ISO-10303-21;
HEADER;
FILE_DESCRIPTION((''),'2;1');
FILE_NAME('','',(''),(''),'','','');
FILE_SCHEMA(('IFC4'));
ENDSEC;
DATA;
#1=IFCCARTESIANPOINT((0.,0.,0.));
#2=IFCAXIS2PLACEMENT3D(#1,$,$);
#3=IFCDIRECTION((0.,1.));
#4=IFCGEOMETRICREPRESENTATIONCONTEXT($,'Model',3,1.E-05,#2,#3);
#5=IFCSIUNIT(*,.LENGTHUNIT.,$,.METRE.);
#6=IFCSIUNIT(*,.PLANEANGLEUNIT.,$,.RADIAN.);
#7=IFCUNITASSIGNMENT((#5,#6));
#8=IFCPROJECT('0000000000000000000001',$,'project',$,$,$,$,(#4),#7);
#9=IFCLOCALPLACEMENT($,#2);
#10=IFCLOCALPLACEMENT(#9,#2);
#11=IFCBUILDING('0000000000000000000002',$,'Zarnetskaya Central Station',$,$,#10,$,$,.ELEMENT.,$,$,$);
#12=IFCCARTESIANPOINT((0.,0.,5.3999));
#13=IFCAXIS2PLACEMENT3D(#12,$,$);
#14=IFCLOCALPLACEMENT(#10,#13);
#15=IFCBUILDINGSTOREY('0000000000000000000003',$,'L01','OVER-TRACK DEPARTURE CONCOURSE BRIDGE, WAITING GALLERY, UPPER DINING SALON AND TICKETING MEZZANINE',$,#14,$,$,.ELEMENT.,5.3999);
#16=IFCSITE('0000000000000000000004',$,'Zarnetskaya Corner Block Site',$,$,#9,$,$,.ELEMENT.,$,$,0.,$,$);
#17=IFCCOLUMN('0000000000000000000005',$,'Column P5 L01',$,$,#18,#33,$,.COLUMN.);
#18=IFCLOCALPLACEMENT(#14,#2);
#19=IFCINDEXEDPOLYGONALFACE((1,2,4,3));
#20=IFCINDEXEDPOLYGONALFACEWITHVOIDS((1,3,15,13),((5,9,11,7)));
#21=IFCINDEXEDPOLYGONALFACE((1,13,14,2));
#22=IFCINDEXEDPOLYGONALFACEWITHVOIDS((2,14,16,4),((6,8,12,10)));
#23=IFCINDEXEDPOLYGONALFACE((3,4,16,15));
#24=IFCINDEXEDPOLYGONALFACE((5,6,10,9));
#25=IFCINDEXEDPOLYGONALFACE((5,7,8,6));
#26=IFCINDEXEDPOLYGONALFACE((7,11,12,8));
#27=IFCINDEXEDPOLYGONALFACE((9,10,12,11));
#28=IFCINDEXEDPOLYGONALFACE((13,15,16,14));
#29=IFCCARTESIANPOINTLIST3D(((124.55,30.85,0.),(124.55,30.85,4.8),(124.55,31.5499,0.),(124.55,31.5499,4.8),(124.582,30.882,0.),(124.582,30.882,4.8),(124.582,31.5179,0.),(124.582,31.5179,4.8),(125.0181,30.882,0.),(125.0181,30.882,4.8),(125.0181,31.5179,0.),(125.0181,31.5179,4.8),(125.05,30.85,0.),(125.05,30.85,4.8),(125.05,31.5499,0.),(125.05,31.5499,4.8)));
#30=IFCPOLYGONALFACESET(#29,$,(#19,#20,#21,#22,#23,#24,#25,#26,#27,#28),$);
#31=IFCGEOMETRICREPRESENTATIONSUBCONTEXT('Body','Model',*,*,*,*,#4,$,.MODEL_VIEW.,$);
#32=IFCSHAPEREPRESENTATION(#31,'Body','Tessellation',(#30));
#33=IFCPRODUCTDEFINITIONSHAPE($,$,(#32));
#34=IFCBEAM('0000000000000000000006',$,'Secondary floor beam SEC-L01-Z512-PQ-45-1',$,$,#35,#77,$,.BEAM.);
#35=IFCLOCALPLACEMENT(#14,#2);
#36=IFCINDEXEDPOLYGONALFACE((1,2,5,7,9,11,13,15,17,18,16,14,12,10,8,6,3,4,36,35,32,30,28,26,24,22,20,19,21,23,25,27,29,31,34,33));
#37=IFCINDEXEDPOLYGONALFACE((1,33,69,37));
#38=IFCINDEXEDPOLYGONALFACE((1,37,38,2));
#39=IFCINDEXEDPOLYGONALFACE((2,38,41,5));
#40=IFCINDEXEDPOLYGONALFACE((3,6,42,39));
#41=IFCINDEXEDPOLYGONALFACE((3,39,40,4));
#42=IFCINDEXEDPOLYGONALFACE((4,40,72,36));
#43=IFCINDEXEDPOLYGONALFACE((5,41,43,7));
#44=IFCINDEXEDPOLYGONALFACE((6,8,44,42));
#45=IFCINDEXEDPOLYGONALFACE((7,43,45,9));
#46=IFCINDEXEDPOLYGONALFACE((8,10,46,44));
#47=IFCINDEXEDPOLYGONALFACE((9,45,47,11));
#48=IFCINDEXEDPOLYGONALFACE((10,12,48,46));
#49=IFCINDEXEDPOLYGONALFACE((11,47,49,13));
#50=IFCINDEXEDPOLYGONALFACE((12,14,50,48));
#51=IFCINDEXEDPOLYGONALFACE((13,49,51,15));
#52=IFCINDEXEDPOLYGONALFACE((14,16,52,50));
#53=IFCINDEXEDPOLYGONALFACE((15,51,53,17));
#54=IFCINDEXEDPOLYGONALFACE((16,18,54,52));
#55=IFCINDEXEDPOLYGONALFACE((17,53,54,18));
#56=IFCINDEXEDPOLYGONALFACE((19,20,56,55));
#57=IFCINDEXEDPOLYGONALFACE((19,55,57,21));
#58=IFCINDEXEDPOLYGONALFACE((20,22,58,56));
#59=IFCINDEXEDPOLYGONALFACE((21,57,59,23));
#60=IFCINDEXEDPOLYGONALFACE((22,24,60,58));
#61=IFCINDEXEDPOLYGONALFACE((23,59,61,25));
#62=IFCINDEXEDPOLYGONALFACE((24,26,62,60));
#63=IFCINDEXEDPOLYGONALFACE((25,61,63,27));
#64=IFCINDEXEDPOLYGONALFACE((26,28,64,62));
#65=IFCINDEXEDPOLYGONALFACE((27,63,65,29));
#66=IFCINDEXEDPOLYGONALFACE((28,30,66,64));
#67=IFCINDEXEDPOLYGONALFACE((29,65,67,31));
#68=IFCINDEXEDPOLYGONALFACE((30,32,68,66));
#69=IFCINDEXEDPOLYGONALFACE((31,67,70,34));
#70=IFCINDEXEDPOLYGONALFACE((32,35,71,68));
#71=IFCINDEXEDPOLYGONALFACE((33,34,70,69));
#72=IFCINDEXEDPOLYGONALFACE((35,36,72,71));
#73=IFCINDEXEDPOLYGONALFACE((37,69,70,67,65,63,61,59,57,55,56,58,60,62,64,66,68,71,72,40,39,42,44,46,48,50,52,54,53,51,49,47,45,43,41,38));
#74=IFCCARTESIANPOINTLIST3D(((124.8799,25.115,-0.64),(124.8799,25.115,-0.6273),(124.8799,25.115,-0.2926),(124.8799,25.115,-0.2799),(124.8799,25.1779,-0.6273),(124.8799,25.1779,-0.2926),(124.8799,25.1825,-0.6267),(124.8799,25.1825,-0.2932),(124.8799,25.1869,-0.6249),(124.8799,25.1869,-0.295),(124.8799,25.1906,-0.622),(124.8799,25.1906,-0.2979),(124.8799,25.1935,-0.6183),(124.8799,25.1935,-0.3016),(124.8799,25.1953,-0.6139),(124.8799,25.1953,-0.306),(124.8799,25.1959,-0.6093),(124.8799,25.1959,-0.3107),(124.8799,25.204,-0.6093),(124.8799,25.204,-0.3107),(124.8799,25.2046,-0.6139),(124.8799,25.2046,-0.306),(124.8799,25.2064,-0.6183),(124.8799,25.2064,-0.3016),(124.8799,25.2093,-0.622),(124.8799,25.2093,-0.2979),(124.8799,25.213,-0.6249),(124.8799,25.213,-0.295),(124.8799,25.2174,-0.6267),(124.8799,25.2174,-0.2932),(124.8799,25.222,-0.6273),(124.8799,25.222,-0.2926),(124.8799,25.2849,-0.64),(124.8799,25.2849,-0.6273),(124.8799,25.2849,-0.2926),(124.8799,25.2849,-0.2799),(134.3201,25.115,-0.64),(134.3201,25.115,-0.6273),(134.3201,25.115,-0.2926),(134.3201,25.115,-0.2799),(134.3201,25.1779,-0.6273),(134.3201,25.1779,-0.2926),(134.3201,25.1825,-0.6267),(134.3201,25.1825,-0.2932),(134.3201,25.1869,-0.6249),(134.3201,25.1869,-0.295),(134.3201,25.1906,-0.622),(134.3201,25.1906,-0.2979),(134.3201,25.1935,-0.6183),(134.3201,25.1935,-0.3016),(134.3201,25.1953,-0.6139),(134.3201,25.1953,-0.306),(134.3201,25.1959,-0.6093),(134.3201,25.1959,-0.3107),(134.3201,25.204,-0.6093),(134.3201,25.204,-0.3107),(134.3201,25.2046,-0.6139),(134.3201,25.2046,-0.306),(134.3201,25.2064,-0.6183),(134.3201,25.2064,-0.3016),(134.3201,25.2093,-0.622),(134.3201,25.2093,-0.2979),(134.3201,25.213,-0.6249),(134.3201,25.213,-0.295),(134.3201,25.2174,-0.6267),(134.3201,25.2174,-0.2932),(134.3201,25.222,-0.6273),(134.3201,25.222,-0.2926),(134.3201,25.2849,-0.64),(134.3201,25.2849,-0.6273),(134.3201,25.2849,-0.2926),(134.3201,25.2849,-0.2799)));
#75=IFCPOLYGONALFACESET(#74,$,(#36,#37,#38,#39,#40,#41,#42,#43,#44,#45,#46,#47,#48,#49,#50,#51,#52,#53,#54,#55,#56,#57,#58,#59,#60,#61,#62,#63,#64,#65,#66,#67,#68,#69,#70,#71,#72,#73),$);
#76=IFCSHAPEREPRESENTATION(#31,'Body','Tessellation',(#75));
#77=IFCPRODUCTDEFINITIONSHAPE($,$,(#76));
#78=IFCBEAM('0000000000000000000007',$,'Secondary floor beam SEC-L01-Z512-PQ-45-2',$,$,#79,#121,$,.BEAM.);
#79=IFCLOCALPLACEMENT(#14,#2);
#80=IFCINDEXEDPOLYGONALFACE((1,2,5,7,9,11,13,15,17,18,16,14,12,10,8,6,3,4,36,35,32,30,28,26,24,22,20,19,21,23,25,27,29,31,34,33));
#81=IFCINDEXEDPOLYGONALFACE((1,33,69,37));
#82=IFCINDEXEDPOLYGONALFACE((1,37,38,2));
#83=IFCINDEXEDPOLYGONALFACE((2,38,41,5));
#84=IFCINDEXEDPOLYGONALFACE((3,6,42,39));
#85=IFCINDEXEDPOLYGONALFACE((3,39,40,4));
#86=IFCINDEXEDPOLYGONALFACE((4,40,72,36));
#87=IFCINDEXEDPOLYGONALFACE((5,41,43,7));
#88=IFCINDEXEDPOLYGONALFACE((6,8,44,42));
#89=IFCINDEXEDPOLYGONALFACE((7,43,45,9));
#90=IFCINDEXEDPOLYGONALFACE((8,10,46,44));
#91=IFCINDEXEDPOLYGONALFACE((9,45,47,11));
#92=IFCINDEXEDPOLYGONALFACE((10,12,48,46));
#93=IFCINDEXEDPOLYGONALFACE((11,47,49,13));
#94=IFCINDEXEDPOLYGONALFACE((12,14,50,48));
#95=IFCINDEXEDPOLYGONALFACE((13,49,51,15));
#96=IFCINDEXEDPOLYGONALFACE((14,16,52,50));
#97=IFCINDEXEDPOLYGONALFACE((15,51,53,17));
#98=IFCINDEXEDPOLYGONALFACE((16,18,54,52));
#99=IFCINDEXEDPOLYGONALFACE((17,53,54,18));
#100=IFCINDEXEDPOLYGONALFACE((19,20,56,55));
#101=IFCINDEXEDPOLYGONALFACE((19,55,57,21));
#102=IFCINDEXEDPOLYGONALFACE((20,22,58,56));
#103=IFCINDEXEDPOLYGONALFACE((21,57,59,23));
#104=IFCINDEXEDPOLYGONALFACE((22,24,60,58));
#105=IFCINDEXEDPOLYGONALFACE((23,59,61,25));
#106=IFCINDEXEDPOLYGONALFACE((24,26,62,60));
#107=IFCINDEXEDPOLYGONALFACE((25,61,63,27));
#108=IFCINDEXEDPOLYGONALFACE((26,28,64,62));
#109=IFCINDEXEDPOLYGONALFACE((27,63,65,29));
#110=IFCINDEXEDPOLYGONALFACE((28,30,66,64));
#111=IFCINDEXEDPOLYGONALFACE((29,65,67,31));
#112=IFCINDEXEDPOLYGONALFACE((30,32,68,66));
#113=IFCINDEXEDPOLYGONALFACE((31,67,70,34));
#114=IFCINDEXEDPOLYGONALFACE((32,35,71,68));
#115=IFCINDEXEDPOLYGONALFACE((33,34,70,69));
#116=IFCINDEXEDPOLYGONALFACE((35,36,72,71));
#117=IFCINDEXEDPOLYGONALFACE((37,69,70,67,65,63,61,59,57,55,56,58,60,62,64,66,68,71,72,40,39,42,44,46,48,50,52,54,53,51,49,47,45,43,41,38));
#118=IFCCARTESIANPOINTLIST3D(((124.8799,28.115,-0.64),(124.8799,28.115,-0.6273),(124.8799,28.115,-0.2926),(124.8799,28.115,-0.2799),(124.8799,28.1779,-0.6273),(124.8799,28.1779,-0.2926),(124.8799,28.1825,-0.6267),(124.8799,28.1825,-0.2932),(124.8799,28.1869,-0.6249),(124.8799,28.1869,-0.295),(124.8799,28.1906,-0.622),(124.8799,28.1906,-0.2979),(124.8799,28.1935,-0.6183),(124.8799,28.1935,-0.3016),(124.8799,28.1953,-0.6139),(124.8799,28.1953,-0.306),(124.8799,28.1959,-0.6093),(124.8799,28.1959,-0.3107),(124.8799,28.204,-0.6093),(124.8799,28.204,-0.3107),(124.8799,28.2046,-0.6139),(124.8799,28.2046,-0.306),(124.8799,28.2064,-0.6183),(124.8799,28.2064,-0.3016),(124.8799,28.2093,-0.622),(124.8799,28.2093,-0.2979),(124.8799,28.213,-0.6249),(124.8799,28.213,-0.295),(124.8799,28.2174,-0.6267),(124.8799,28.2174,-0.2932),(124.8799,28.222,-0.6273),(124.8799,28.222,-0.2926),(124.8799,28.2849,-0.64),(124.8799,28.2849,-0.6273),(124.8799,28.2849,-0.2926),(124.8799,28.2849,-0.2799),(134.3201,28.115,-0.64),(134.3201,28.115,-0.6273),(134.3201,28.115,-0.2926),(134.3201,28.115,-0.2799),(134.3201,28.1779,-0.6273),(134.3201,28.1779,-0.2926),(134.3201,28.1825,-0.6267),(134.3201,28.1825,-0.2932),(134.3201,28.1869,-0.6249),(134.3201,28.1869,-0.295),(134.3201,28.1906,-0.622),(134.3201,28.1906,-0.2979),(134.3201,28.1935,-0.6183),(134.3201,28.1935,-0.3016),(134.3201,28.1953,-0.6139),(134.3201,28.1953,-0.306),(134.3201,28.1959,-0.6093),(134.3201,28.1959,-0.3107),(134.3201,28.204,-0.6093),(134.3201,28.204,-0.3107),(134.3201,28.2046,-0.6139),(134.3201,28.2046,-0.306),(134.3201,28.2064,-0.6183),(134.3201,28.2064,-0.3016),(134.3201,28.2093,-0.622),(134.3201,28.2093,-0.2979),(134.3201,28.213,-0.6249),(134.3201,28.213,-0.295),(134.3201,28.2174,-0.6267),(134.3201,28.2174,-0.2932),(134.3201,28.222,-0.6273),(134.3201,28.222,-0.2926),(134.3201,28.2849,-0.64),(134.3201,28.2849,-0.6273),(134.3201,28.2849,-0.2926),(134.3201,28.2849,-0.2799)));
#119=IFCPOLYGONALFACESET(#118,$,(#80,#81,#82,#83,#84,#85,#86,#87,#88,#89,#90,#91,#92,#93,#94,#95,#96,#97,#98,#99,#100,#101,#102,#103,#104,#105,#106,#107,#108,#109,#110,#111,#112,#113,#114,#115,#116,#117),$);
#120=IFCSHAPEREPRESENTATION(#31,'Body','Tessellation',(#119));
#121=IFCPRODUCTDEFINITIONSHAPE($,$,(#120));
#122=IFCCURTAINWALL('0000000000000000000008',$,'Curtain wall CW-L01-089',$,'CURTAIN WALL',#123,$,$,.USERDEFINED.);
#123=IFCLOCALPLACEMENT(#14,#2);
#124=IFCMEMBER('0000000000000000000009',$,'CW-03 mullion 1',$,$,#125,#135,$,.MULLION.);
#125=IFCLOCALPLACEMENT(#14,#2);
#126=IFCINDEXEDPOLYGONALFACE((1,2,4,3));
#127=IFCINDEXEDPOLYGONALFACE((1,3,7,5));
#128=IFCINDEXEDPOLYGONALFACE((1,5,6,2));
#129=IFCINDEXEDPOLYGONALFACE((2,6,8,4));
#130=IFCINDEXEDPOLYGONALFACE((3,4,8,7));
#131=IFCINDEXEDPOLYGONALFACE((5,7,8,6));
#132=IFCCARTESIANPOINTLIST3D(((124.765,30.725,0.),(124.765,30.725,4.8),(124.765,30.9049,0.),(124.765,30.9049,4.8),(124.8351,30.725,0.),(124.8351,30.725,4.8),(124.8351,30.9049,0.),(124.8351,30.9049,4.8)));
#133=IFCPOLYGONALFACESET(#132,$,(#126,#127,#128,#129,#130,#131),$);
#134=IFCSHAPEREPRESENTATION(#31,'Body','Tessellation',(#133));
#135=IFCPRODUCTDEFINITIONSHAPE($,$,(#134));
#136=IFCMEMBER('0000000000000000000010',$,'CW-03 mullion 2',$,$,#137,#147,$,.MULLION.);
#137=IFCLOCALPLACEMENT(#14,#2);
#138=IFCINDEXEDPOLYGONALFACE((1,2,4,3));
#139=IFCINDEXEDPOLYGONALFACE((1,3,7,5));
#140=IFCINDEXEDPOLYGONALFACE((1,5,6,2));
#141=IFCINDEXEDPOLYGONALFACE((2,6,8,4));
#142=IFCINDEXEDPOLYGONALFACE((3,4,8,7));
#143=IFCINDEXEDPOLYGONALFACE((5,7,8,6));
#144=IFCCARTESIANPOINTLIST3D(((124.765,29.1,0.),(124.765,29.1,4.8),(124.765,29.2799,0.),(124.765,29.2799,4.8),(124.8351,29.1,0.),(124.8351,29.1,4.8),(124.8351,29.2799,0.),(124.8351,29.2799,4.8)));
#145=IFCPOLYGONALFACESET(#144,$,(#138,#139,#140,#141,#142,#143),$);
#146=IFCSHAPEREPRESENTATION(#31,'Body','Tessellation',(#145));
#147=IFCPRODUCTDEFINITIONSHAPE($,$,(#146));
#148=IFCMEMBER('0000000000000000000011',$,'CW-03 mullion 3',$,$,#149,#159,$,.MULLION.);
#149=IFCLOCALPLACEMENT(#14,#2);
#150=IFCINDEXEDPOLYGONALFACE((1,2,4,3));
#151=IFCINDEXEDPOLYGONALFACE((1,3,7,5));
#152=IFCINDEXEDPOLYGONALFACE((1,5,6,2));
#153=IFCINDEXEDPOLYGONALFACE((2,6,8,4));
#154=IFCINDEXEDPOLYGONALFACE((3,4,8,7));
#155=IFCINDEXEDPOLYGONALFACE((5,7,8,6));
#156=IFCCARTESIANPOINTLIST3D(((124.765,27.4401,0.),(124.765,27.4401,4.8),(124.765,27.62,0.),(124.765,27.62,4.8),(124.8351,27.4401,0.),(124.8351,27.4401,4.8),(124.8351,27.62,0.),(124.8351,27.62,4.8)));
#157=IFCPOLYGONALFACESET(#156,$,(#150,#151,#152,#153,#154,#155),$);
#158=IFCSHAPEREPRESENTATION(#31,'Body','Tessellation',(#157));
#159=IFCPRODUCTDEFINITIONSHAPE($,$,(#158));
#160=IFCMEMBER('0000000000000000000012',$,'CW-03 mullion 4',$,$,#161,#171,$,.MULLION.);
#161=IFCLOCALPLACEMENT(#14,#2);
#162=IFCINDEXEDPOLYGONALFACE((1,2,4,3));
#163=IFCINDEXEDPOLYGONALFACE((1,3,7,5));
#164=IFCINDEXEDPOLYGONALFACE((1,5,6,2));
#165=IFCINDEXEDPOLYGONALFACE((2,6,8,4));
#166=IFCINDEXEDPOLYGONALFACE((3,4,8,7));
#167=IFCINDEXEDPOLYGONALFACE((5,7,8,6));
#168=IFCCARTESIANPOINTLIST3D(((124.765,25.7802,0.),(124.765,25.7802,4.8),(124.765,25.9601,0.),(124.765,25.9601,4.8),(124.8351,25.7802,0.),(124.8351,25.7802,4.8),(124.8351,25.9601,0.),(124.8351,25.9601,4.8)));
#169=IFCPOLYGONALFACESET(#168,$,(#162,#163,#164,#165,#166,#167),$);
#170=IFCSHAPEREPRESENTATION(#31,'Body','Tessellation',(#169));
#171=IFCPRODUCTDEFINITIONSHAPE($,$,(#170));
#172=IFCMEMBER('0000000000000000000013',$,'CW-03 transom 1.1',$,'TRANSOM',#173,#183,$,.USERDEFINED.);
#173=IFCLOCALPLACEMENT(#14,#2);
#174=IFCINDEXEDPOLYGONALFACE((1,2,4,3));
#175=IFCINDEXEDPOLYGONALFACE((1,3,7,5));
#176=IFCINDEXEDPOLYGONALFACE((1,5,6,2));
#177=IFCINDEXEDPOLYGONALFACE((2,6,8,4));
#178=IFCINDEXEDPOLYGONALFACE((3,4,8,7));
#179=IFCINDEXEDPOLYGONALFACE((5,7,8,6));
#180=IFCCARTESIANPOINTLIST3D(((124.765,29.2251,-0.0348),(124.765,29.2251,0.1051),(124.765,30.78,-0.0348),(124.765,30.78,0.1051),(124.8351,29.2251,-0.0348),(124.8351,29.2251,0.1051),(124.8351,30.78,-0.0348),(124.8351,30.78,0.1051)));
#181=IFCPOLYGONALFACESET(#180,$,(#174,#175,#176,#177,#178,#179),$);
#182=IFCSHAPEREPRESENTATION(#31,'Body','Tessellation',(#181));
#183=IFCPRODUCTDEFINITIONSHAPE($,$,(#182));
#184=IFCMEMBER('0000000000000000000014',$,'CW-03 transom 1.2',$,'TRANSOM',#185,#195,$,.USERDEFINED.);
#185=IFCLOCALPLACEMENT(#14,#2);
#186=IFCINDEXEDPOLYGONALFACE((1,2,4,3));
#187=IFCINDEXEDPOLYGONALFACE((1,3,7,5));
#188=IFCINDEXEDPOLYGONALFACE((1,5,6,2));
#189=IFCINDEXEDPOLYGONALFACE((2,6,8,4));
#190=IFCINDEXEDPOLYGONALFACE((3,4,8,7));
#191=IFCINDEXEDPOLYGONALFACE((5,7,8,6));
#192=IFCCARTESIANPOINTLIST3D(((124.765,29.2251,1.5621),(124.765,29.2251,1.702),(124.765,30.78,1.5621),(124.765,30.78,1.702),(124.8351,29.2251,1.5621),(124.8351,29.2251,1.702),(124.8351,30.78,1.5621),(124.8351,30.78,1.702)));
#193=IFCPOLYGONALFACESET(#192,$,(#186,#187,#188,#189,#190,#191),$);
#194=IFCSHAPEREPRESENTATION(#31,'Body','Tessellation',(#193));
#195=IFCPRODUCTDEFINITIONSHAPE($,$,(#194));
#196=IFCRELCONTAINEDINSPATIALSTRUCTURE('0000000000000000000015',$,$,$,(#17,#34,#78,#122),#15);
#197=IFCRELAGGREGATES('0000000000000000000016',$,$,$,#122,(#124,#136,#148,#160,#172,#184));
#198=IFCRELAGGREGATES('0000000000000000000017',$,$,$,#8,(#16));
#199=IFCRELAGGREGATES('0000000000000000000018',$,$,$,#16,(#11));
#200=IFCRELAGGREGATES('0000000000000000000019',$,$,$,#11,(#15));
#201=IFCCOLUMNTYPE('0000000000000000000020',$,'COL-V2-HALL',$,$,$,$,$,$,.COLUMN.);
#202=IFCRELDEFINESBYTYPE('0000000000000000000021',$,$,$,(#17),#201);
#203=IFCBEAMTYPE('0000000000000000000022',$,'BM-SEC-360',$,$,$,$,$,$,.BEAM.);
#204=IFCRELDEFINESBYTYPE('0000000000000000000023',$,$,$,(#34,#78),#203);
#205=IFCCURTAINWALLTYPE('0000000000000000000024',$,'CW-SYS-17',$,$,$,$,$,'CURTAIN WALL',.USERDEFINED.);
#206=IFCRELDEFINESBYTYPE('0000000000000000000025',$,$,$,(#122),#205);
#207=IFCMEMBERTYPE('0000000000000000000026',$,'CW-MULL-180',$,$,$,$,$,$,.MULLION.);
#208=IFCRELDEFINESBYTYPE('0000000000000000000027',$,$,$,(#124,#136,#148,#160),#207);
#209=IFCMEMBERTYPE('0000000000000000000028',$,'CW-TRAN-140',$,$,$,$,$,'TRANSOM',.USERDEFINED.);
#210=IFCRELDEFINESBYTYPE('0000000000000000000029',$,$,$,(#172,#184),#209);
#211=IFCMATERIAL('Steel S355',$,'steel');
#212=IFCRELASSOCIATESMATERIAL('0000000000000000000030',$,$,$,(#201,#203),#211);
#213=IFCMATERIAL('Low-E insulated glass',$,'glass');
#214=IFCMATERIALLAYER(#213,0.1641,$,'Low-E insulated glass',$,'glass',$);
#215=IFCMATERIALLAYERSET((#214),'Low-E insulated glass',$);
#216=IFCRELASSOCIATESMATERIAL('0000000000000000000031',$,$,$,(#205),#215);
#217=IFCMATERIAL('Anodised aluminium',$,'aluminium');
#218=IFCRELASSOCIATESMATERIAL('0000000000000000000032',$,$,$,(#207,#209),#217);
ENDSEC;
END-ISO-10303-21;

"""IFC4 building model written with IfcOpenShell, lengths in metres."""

from ifc_helpers import new_model, si_unit, direction, frame, origin, origin_2d, place, context, subcontext, project, spatial, rectangle, hollow_rectangle, i_section, extrude, material, layer, layer_set, material_profile, profile_set, type_object, element, aggregate, save


model = new_model("IFC4")

# Units and contexts
model_context = context("Model", 3, precision=1e-05, world=origin(), true_north=direction((0.0, 1.0)))
body_context = subcontext(model_context, "Body", "Model", "MODEL_VIEW")
ifc_project = project(units=[si_unit("LENGTHUNIT", "METRE"), si_unit("PLANEANGLEUNIT", "RADIAN")], contexts=[model_context])

# Site, building, storey
site_placement = place(None, origin())
site = spatial("IfcSite", under=ifc_project, at=site_placement, Name="Zarnetskaya Corner Block Site", CompositionType="ELEMENT", RefElevation=0.0)
building_placement = place(site_placement, origin())
building = spatial("IfcBuilding", under=site, at=building_placement, Name="Zarnetskaya Central Station", CompositionType="ELEMENT")
storey_placement = place(building_placement, frame((0.0, 0.0, 5.3999)))
storey = spatial("IfcBuildingStorey", under=building, at=storey_placement, Name="L01", Description="OVER-TRACK DEPARTURE CONCOURSE BRIDGE, WAITING GALLERY, UPPER DINING SALON AND TICKETING MEZZANINE", CompositionType="ELEMENT", Elevation=5.3999)

# Column
ifc_material_1 = material(Name="Steel S355", Category="steel")
ifc_material_profile_1 = material_profile(ifc_material_1, hollow_rectangle(XDim=0.5, YDim=0.7, WallThickness=0.032, at=origin_2d()), Name="BOX 700x500x32")
ifc_profile_set_1 = profile_set([ifc_material_profile_1], Name="Steel S355")
column_type = type_object("IfcColumnType", Name="COL-V2-HALL", PredefinedType="COLUMN", material=ifc_profile_set_1)
column_placement = place(storey_placement, frame((124.8, 31.2, 0.0), z_axis=(0.0, 0.0, 1.0), x_axis=(1.0, 0.0, 0.0)))
element("IfcColumn", 1, at=column_placement, inside=storey, type_object=column_type, Name="Column P5 L01", PredefinedType="COLUMN", context=body_context, shape_type="SweptSolid", body=[
    extrude(hollow_rectangle(XDim=0.5, YDim=0.7, WallThickness=0.032, at=origin_2d()), origin(), (0.0, 0.0, 1.0), 4.8),
])

# Beams
ifc_material_profile_2 = material_profile(ifc_material_1, i_section(OverallWidth=0.1699, OverallDepth=0.3601, WebThickness=0.0081, FlangeThickness=0.0127, FilletRadius=0.0181, at=origin_2d()), Name="IPE 360")
ifc_profile_set_2 = profile_set([ifc_material_profile_2], Name="Steel S355")
beam_type_1 = type_object("IfcBeamType", Name="BM-SEC-360", PredefinedType="BEAM", material=ifc_profile_set_2)
for number, where, z_axis, x_axis, name in (
    (2, (124.8799, 25.2, -0.46), (1.0, 0.0, 0.0), (0.0, 1.0, 0.0), "Secondary floor beam SEC-L01-Z512-PQ-45-1"),
    (3, (124.8799, 28.2, -0.46), (1.0, 0.0, 0.0), (0.0, 1.0, 0.0), "Secondary floor beam SEC-L01-Z512-PQ-45-2"),
):
    element("IfcBeam", number, at=place(storey_placement, frame(where, z_axis=z_axis, x_axis=x_axis)), inside=storey, type_object=beam_type_1, Name=name, PredefinedType="BEAM", context=body_context, shape_type="SweptSolid", body=[
        extrude(i_section(OverallWidth=0.1699, OverallDepth=0.3601, WebThickness=0.0081, FlangeThickness=0.0127, FilletRadius=0.0181, at=origin_2d()), origin(), (0.0, 0.0, 1.0), 9.4402),
    ])

# Curtain wall, members
ifc_material_2 = material(Name="Low-E insulated glass", Category="glass")
ifc_layer_1 = layer(ifc_material_2, 0.1641, Name="Low-E insulated glass", Category="glass")
ifc_layer_set_1 = layer_set([ifc_layer_1], Name="Low-E insulated glass")
curtain_wall_type = type_object("IfcCurtainWallType", Name="CW-SYS-17", ElementType="CURTAIN WALL", PredefinedType="USERDEFINED", material=ifc_layer_set_1)
curtain_wall_placement = place(storey_placement, origin())
curtain_wall = element("IfcCurtainWall", 4, at=curtain_wall_placement, inside=storey, type_object=curtain_wall_type, Name="Curtain wall CW-L01-089", ObjectType="CURTAIN WALL", PredefinedType="USERDEFINED")
ifc_material_3 = material(Name="Anodised aluminium", Category="aluminium")
ifc_material_profile_3 = material_profile(ifc_material_3, rectangle(XDim=0.0701, YDim=0.1799, at=origin_2d()), Name="ALU MULL 70x180")
ifc_profile_set_3 = profile_set([ifc_material_profile_3], Name="Anodised aluminium")
member_type_1 = type_object("IfcMemberType", Name="CW-MULL-180", PredefinedType="MULLION", material=ifc_profile_set_3)
member_1_placement = place(storey_placement, frame((124.8, 30.8149, 0.0), z_axis=(0.0, 0.0, 1.0), x_axis=(1.0, 0.0, 0.0)))
member_1 = element("IfcMember", 5, at=member_1_placement, type_object=member_type_1, Name="CW-03 mullion 1", PredefinedType="MULLION", context=body_context, shape_type="SweptSolid", body=[
    extrude(rectangle(XDim=0.0701, YDim=0.1799, at=origin_2d()), origin(), (0.0, 0.0, 1.0), 4.8),
])
member_2_placement = place(storey_placement, frame((124.8, 29.1899, 0.0), z_axis=(0.0, 0.0, 1.0), x_axis=(1.0, 0.0, 0.0)))
member_2 = element("IfcMember", 6, at=member_2_placement, type_object=member_type_1, Name="CW-03 mullion 2", PredefinedType="MULLION", context=body_context, shape_type="SweptSolid", body=[
    extrude(rectangle(XDim=0.0701, YDim=0.1799, at=origin_2d()), origin(), (0.0, 0.0, 1.0), 4.8),
])
member_3_placement = place(storey_placement, frame((124.8, 27.53, 0.0), z_axis=(0.0, 0.0, 1.0), x_axis=(1.0, 0.0, 0.0)))
member_3 = element("IfcMember", 7, at=member_3_placement, type_object=member_type_1, Name="CW-03 mullion 3", PredefinedType="MULLION", context=body_context, shape_type="SweptSolid", body=[
    extrude(rectangle(XDim=0.0701, YDim=0.1799, at=origin_2d()), origin(), (0.0, 0.0, 1.0), 4.8),
])
member_4_placement = place(storey_placement, frame((124.8, 25.8701, 0.0), z_axis=(0.0, 0.0, 1.0), x_axis=(1.0, 0.0, 0.0)))
member_4 = element("IfcMember", 8, at=member_4_placement, type_object=member_type_1, Name="CW-03 mullion 4", PredefinedType="MULLION", context=body_context, shape_type="SweptSolid", body=[
    extrude(rectangle(XDim=0.0701, YDim=0.1799, at=origin_2d()), origin(), (0.0, 0.0, 1.0), 4.8),
])
ifc_material_profile_4 = material_profile(ifc_material_3, rectangle(XDim=0.0701, YDim=0.1399, at=origin_2d()), Name="ALU TRAN 70x140")
ifc_profile_set_4 = profile_set([ifc_material_profile_4], Name="Anodised aluminium")
member_type_2 = type_object("IfcMemberType", Name="CW-TRAN-140", ElementType="TRANSOM", PredefinedType="USERDEFINED", material=ifc_profile_set_4)
member_5_placement = place(storey_placement, frame((124.8, 30.78, 0.0352), z_axis=(0.0, -1.0, 0.0), x_axis=(1.0, 0.0, 0.0)))
member_5 = element("IfcMember", 9, at=member_5_placement, type_object=member_type_2, Name="CW-03 transom 1.1", ObjectType="TRANSOM", PredefinedType="USERDEFINED", context=body_context, shape_type="SweptSolid", body=[
    extrude(rectangle(XDim=0.0701, YDim=0.1399, at=origin_2d()), origin(), (0.0, 0.0, 1.0), 1.5549),
])
member_6_placement = place(storey_placement, frame((124.8, 30.78, 1.6321), z_axis=(0.0, -1.0, 0.0), x_axis=(1.0, 0.0, 0.0)))
member_6 = element("IfcMember", 10, at=member_6_placement, type_object=member_type_2, Name="CW-03 transom 1.2", ObjectType="TRANSOM", PredefinedType="USERDEFINED", context=body_context, shape_type="SweptSolid", body=[
    extrude(rectangle(XDim=0.0701, YDim=0.1399, at=origin_2d()), origin(), (0.0, 0.0, 1.0), 1.5549),
])

aggregate(curtain_wall, [member_1, member_2, member_3, member_4, member_5, member_6])

save(model, "model.ifc")
